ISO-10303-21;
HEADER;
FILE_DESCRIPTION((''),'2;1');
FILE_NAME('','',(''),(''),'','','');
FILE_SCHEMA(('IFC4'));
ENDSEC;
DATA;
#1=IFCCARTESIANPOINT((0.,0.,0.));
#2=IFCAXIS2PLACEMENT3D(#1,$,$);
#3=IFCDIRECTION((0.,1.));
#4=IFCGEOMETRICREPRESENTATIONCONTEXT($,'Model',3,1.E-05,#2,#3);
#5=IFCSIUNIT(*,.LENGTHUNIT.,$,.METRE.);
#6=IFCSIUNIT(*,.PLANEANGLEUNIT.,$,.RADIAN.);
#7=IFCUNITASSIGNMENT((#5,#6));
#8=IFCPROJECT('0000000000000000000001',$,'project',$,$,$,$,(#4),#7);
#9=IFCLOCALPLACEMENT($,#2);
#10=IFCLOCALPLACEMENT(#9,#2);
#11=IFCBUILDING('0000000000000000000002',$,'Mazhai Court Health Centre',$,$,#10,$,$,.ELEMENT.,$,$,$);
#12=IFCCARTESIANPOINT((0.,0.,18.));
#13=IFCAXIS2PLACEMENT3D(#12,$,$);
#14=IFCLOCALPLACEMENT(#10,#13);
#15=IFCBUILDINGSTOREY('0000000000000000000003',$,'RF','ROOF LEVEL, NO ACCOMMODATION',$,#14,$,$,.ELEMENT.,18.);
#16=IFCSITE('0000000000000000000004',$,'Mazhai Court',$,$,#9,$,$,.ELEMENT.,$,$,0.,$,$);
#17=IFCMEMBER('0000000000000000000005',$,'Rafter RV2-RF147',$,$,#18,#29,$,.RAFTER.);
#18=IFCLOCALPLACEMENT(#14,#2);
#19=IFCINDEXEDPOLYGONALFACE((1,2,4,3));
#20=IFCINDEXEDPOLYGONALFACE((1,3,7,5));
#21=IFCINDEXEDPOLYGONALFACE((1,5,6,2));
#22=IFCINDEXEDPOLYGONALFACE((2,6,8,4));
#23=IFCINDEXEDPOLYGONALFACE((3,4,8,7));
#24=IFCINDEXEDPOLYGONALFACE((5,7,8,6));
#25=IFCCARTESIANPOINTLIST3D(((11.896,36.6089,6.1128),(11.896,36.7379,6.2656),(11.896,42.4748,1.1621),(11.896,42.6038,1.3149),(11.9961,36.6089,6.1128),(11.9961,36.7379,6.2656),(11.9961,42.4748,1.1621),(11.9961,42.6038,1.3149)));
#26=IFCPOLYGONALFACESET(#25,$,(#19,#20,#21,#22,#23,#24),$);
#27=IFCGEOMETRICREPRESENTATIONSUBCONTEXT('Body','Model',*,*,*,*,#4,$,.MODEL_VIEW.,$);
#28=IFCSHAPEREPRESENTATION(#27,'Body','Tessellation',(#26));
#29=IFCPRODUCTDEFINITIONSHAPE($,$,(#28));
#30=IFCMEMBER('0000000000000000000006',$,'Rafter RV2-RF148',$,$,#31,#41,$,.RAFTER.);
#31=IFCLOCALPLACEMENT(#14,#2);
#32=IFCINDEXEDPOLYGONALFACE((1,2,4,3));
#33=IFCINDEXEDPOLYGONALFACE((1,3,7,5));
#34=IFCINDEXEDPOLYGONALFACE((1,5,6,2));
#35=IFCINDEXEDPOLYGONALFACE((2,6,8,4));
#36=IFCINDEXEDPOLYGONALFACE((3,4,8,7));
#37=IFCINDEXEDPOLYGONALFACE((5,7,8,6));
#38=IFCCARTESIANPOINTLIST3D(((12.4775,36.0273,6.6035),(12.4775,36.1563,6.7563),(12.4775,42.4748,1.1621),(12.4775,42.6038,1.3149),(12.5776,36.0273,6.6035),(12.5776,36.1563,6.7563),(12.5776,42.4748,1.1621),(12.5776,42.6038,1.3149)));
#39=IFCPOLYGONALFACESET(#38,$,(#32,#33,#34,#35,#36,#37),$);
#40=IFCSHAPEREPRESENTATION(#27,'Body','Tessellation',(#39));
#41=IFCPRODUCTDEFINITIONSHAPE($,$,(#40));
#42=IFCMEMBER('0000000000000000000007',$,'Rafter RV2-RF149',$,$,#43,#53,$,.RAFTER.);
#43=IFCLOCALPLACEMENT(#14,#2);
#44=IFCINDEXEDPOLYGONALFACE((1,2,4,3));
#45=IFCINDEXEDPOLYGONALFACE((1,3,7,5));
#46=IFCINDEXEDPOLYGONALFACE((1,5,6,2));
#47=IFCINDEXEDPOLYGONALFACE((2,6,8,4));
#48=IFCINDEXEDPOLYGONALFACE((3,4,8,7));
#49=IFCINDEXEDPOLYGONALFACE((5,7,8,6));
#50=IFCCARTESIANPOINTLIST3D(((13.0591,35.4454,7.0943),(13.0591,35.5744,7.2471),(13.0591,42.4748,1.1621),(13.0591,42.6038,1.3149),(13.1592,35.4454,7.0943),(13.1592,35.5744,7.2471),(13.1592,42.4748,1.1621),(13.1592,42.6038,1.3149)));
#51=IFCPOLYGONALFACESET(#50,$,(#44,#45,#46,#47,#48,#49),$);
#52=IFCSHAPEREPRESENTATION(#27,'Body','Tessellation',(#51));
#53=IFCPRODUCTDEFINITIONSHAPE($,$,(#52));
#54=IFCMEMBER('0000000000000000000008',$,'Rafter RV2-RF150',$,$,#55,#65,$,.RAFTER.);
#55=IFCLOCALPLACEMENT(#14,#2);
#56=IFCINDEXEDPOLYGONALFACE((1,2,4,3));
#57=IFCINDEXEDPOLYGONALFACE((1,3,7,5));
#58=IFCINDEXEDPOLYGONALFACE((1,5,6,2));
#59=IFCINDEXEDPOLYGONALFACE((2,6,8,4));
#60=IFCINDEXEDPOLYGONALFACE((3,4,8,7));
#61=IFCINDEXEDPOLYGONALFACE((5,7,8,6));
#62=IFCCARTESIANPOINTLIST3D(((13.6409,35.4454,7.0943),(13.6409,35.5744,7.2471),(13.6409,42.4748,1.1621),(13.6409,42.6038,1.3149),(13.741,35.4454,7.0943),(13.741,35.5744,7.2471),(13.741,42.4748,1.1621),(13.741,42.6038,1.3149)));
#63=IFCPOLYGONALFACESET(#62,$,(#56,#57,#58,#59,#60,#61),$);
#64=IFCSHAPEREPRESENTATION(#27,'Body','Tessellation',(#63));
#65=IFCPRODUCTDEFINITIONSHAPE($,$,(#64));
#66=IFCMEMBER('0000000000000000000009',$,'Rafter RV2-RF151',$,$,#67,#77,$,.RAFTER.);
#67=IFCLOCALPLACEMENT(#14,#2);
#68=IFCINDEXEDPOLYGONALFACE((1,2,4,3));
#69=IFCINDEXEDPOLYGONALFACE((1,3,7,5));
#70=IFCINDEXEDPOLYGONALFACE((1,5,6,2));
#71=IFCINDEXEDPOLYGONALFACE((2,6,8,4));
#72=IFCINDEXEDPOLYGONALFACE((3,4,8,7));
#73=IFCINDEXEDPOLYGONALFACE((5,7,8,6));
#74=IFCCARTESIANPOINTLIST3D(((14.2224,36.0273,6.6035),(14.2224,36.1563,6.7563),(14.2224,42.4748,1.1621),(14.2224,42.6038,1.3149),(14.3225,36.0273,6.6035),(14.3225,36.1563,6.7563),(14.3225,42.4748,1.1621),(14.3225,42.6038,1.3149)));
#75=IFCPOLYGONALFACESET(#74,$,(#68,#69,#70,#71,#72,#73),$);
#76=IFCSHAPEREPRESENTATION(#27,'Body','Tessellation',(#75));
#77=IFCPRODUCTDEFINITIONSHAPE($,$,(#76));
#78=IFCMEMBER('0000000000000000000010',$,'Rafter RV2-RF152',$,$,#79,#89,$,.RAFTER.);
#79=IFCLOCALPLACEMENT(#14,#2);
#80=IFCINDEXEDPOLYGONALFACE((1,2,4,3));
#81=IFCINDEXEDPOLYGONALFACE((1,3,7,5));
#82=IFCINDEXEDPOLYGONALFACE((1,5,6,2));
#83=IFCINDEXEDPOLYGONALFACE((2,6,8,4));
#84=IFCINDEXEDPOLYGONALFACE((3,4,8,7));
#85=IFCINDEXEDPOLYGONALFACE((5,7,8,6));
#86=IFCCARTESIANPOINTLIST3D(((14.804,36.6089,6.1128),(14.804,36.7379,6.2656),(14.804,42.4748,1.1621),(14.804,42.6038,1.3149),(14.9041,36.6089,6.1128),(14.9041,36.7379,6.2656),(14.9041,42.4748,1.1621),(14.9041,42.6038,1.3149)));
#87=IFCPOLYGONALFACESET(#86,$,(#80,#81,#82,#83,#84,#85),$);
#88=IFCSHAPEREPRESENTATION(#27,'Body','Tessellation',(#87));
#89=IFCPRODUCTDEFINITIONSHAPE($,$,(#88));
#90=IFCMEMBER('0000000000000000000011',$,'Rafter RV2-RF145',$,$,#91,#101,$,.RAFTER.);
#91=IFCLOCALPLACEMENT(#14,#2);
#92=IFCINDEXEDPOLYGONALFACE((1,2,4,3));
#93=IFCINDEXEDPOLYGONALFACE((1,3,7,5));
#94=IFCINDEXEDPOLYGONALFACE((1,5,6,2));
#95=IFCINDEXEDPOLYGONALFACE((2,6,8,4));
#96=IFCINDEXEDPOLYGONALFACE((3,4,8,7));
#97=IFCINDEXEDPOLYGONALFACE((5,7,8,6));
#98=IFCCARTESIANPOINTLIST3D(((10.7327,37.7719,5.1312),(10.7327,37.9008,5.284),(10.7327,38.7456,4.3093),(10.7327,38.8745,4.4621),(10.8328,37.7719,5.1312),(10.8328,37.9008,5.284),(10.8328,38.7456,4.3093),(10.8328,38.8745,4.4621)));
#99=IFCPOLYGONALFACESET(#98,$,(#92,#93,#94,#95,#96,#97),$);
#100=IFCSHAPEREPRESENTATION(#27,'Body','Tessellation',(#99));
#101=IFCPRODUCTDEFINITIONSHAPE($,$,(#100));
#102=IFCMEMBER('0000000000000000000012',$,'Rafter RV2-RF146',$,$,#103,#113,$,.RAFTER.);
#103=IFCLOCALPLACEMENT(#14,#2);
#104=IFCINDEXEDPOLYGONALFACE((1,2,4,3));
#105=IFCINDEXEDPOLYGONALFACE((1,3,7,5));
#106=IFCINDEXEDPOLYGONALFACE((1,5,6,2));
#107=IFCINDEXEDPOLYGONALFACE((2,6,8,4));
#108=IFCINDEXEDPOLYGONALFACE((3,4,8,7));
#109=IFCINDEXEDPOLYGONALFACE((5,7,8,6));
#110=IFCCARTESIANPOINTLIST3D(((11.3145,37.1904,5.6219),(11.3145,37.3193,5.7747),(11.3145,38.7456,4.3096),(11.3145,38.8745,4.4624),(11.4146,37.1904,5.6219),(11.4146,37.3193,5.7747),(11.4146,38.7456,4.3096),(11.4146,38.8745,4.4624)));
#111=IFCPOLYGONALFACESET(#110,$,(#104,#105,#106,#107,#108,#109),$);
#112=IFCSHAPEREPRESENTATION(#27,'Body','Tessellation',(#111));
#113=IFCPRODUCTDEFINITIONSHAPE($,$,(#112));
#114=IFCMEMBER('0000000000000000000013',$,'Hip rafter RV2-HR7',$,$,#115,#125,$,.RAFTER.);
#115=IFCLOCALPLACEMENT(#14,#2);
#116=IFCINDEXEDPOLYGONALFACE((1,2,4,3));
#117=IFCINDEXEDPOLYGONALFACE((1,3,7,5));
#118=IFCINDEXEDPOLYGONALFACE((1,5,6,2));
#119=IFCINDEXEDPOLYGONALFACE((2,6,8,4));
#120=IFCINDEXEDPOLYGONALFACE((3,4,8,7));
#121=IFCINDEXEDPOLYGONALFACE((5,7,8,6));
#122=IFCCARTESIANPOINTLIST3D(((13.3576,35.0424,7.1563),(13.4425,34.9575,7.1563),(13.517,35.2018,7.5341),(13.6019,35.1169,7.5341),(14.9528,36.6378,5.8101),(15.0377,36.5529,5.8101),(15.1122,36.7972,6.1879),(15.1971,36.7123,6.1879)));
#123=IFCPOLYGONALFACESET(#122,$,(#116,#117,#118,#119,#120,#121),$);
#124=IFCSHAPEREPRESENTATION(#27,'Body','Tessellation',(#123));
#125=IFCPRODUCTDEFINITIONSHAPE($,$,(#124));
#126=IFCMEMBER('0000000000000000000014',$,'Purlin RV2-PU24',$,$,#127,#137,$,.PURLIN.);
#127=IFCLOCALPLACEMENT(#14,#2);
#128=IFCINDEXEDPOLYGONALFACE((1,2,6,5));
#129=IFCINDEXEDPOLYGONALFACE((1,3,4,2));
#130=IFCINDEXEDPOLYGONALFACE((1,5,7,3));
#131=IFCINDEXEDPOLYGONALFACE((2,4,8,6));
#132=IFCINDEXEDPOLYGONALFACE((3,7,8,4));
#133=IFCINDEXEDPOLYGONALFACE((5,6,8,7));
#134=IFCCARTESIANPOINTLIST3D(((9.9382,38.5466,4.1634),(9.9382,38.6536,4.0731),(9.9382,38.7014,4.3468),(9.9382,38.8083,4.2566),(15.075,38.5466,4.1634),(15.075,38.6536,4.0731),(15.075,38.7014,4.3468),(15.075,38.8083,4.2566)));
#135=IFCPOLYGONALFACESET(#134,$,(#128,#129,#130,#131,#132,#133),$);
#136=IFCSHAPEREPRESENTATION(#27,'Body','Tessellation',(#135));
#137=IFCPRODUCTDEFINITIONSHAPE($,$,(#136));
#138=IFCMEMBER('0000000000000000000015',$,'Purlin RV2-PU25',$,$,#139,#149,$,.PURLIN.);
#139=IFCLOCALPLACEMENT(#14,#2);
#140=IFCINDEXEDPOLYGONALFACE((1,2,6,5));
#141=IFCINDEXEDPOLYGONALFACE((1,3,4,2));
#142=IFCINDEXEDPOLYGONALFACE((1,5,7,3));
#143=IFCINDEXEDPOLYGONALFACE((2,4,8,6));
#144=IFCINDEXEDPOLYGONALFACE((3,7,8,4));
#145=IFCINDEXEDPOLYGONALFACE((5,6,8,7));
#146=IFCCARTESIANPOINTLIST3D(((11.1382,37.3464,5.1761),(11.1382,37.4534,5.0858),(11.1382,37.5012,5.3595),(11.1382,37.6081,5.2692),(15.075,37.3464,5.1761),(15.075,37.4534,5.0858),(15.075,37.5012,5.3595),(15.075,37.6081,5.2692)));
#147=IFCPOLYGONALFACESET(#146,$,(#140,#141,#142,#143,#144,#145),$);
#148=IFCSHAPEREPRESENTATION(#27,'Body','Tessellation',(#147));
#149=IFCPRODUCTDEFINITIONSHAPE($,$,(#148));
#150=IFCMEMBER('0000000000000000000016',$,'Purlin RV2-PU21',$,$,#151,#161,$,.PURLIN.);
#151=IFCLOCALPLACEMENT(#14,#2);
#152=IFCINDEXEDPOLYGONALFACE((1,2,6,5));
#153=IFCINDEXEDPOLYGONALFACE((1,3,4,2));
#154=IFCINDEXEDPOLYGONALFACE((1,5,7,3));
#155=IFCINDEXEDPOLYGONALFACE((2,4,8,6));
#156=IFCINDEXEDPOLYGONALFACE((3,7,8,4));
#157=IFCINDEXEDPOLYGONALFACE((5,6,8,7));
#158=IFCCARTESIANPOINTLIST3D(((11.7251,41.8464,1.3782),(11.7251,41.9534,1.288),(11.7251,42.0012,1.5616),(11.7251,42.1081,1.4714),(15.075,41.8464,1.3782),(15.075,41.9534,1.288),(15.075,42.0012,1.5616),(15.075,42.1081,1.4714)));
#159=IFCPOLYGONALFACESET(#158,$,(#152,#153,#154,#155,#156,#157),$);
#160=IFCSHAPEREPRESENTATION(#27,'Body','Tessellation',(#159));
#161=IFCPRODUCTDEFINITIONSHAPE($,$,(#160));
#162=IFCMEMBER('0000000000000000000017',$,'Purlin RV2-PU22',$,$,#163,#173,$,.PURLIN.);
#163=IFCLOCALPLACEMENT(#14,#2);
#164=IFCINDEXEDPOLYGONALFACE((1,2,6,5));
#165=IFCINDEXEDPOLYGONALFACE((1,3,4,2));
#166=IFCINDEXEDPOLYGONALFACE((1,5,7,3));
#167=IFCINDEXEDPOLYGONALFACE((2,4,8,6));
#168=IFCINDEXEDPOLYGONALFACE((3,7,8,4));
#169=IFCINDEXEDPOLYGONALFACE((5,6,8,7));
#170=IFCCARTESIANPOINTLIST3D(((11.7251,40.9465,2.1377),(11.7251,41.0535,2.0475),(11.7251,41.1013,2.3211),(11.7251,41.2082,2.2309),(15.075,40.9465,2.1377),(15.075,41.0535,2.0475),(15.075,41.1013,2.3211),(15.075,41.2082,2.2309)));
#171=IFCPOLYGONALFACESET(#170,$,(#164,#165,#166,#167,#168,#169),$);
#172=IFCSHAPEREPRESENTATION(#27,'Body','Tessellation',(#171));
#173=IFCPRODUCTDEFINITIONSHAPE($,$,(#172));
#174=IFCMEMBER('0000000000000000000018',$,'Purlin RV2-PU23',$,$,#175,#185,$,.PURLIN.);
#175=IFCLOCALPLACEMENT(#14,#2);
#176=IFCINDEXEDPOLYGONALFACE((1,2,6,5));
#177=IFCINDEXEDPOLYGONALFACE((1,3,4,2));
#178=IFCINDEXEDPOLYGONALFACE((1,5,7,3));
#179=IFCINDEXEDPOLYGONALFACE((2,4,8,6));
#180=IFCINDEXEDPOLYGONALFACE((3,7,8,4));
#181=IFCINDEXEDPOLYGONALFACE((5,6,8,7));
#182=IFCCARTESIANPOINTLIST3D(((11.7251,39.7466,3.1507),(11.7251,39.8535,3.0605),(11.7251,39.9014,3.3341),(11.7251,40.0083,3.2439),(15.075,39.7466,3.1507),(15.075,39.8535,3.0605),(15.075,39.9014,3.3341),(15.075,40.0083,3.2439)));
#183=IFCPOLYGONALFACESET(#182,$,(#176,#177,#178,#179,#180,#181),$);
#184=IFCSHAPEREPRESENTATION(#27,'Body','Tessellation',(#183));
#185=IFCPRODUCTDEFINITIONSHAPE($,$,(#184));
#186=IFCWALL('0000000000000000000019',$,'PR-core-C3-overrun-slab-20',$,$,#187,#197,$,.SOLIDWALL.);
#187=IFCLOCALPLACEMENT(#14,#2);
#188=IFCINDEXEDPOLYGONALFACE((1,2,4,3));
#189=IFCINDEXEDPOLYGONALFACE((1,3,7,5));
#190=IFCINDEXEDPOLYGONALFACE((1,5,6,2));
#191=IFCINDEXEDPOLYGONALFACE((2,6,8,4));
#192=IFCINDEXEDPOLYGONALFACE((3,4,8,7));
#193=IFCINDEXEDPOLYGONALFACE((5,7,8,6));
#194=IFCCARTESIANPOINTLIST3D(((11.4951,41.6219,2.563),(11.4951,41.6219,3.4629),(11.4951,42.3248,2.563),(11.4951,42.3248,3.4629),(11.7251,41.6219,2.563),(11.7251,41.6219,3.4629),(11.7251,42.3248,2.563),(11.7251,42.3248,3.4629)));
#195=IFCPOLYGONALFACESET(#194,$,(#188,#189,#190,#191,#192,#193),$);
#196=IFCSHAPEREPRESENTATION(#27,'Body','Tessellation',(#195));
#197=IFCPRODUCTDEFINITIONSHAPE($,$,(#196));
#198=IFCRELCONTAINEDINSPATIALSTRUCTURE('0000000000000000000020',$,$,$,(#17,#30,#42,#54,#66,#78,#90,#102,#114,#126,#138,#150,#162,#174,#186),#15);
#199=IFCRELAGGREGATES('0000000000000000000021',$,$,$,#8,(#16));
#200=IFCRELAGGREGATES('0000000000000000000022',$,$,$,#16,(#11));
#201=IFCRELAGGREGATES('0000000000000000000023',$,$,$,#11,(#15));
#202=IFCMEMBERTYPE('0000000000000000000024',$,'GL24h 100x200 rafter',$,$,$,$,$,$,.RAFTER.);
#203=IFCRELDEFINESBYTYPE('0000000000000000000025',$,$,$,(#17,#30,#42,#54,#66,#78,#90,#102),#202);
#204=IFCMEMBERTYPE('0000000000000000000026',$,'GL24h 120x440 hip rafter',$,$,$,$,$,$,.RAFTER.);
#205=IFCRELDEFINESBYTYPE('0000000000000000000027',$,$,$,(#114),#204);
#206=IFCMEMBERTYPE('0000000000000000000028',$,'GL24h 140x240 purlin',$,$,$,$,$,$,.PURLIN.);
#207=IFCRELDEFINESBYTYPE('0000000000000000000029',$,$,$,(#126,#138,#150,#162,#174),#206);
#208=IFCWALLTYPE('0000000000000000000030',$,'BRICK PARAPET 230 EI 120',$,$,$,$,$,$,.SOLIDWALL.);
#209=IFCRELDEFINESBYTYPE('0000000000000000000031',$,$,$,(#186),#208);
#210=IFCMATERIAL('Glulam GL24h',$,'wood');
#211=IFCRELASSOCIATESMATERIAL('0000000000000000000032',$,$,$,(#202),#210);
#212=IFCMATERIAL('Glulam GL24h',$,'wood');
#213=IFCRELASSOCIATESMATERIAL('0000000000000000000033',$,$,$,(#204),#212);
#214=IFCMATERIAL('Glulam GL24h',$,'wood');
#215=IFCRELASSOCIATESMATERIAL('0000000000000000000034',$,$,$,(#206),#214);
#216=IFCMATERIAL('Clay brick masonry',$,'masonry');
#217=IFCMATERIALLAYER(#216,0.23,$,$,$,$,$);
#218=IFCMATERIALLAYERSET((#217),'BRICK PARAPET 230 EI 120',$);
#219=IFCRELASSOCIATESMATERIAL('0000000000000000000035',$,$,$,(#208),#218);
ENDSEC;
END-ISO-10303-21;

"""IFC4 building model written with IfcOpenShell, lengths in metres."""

from ifc_helpers import new_model, si_unit, direction, frame, frame_2d, origin, origin_2d, place, context, subcontext, project, spatial, rectangle, extrude, material, layer, layer_set, material_profile, profile_set, type_object, element, save


model = new_model("IFC4")

# Units and contexts
model_context = context("Model", 3, precision=1e-05, world=origin(), true_north=direction((0.0, 1.0)))
body_context = subcontext(model_context, "Body", "Model", "MODEL_VIEW")
ifc_project = project(units=[si_unit("LENGTHUNIT", "METRE"), si_unit("PLANEANGLEUNIT", "RADIAN")], contexts=[model_context])

# Site, building, storey
site_placement = place(None, origin())
site = spatial("IfcSite", under=ifc_project, at=site_placement, Name="Mazhai Court", CompositionType="ELEMENT", RefElevation=0.0)
building_placement = place(site_placement, origin())
building = spatial("IfcBuilding", under=site, at=building_placement, Name="Mazhai Court Health Centre", CompositionType="ELEMENT")
storey_placement = place(building_placement, frame((0.0, 0.0, 18.0)))
storey = spatial("IfcBuildingStorey", under=building, at=storey_placement, Name="RF", Description="ROOF LEVEL, NO ACCOMMODATION", CompositionType="ELEMENT", Elevation=18.0)

# Members
ifc_material_1 = material(Name="Glulam GL24h", Category="wood")
ifc_material_profile_1 = material_profile(ifc_material_1, rectangle(XDim=0.1001, YDim=0.2, at=origin_2d()), Name="GL24h 100x200")
ifc_profile_set_1 = profile_set([ifc_material_profile_1], Name="Glulam GL24h")
member_type_1 = type_object("IfcMemberType", Name="GL24h 100x200 rafter", PredefinedType="RAFTER", material=ifc_profile_set_1)
member_1_placement = place(storey_placement, frame((11.946, 42.5393, 1.2385), z_axis=(0.0, -0.76421, 0.644968), x_axis=(1.0, 0.0, 0.0)))
element("IfcMember", 1, at=member_1_placement, inside=storey, type_object=member_type_1, Name="Rafter RV2-RF147", PredefinedType="RAFTER", context=body_context, shape_type="SweptSolid", body=[
    extrude(rectangle(XDim=0.1001, YDim=0.2, at=origin_2d()), origin(), (0.0, 0.0, 1.0), 7.6758),
])
member_2_placement = place(storey_placement, frame((12.5276, 42.5393, 1.2385), z_axis=(0.0, -0.764214, 0.644962), x_axis=(1.0, 0.0, 0.0)))
element("IfcMember", 2, at=member_2_placement, inside=storey, type_object=member_type_1, Name="Rafter RV2-RF148", PredefinedType="RAFTER", context=body_context, shape_type="SweptSolid", body=[
    extrude(rectangle(XDim=0.1001, YDim=0.2, at=origin_2d()), origin(), (0.0, 0.0, 1.0), 8.4368),
])
for number, where, z_axis, x_axis, name in (
    (3, (13.1091, 42.5393, 1.2385), (0.0, -0.764229, 0.644945), (1.0, 0.0, 0.0), "Rafter RV2-RF149"),
    (4, (13.6909, 42.5393, 1.2385), (0.0, -0.764229, 0.644945), (1.0, 0.0, 0.0), "Rafter RV2-RF150"),
):
    element("IfcMember", number, at=place(storey_placement, frame(where, z_axis=z_axis, x_axis=x_axis)), inside=storey, type_object=member_type_1, Name=name, PredefinedType="RAFTER", context=body_context, shape_type="SweptSolid", body=[
        extrude(rectangle(XDim=0.1001, YDim=0.2, at=origin_2d()), origin(), (0.0, 0.0, 1.0), 9.198),
    ])
member_3_placement = place(storey_placement, frame((14.2725, 42.5393, 1.2385), z_axis=(0.0, -0.764214, 0.644962), x_axis=(1.0, 0.0, 0.0)))
element("IfcMember", 5, at=member_3_placement, inside=storey, type_object=member_type_1, Name="Rafter RV2-RF151", PredefinedType="RAFTER", context=body_context, shape_type="SweptSolid", body=[
    extrude(rectangle(XDim=0.1001, YDim=0.2, at=origin_2d()), origin(), (0.0, 0.0, 1.0), 8.4368),
])
member_4_placement = place(storey_placement, frame((14.854, 42.5393, 1.2385), z_axis=(0.0, -0.76421, 0.644968), x_axis=(1.0, 0.0, 0.0)))
element("IfcMember", 6, at=member_4_placement, inside=storey, type_object=member_type_1, Name="Rafter RV2-RF152", PredefinedType="RAFTER", context=body_context, shape_type="SweptSolid", body=[
    extrude(rectangle(XDim=0.1001, YDim=0.2, at=origin_2d()), origin(), (0.0, 0.0, 1.0), 7.6758),
])
member_5_placement = place(storey_placement, frame((10.7827, 38.8101, 4.3857), z_axis=(0.0, -0.764185, 0.644997), x_axis=(1.0, 0.0, 0.0)))
element("IfcMember", 7, at=member_5_placement, inside=storey, type_object=member_type_1, Name="Rafter RV2-RF145", PredefinedType="RAFTER", context=body_context, shape_type="SweptSolid", body=[
    extrude(rectangle(XDim=0.1001, YDim=0.2, at=origin_2d()), origin(), (0.0, 0.0, 1.0), 1.2742),
])
member_6_placement = place(storey_placement, frame((11.3645, 38.8101, 4.386), z_axis=(0.0, -0.764273, 0.644893), x_axis=(1.0, 0.0, 0.0)))
element("IfcMember", 8, at=member_6_placement, inside=storey, type_object=member_type_1, Name="Rafter RV2-RF146", PredefinedType="RAFTER", context=body_context, shape_type="SweptSolid", body=[
    extrude(rectangle(XDim=0.1001, YDim=0.2, at=origin_2d()), origin(), (0.0, 0.0, 1.0), 2.0349),
])
ifc_material_2 = material(Name="Glulam GL24h", Category="wood")
ifc_material_profile_2 = material_profile(ifc_material_2, rectangle(XDim=0.1201, YDim=0.4399, at=origin_2d()), Name="GL24h 120x440")
ifc_profile_set_2 = profile_set([ifc_material_profile_2], Name="Glulam GL24h")
member_type_2 = type_object("IfcMemberType", Name="GL24h 120x440 hip rafter", PredefinedType="RAFTER", material=ifc_profile_set_2)
member_7_placement = place(storey_placement, frame((15.075, 36.675, 5.999), z_axis=(-0.607181, -0.607274, 0.512396), x_axis=(0.707161, -0.707053, 0.0)))
element("IfcMember", 9, at=member_7_placement, inside=storey, type_object=member_type_2, Name="Hip rafter RV2-HR7", PredefinedType="RAFTER", context=body_context, shape_type="SweptSolid", body=[
    extrude(rectangle(XDim=0.1201, YDim=0.4399, at=origin_2d()), origin(), (0.0, 0.0, 1.0), 2.6272),
])
ifc_material_3 = material(Name="Glulam GL24h", Category="wood")
ifc_material_profile_3 = material_profile(ifc_material_3, rectangle(XDim=0.1399, YDim=0.24, at=origin_2d()), Name="GL24h 140x240")
ifc_profile_set_3 = profile_set([ifc_material_profile_3], Name="Glulam GL24h")
member_type_3 = type_object("IfcMemberType", Name="GL24h 140x240 purlin", PredefinedType="PURLIN", material=ifc_profile_set_3)
member_8_placement = place(storey_placement, frame((9.9382, 38.6775, 4.21), z_axis=(1.0, 0.0, 0.0), x_axis=(0.0, 0.76422, -0.644955)))
element("IfcMember", 10, at=member_8_placement, inside=storey, type_object=member_type_3, Name="Purlin RV2-PU24", PredefinedType="PURLIN", context=body_context, shape_type="SweptSolid", body=[
    extrude(rectangle(XDim=0.1399, YDim=0.24, at=origin_2d()), origin(), (0.0, 0.0, 1.0), 5.1367),
])
member_9_placement = place(storey_placement, frame((11.1382, 37.4773, 5.2227), z_axis=(1.0, 0.0, 0.0), x_axis=(0.0, 0.76422, -0.644955)))
element("IfcMember", 11, at=member_9_placement, inside=storey, type_object=member_type_3, Name="Purlin RV2-PU25", PredefinedType="PURLIN", context=body_context, shape_type="SweptSolid", body=[
    extrude(rectangle(XDim=0.1399, YDim=0.24, at=origin_2d()), origin(), (0.0, 0.0, 1.0), 3.9368),
])
for number, where, z_axis, x_axis, name in (
    (12, (11.7251, 41.9773, 1.4248), (1.0, 0.0, 0.0), (0.0, 0.76422, -0.644955), "Purlin RV2-PU21"),
    (13, (11.7251, 41.0774, 2.1843), (1.0, 0.0, 0.0), (0.0, 0.76422, -0.644955), "Purlin RV2-PU22"),
    (14, (11.7251, 39.8774, 3.1973), (1.0, 0.0, 0.0), (0.0, 0.76422, -0.644955), "Purlin RV2-PU23"),
):
    element("IfcMember", number, at=place(storey_placement, frame(where, z_axis=z_axis, x_axis=x_axis)), inside=storey, type_object=member_type_3, Name=name, PredefinedType="PURLIN", context=body_context, shape_type="SweptSolid", body=[
        extrude(rectangle(XDim=0.1399, YDim=0.24, at=origin_2d()), origin(), (0.0, 0.0, 1.0), 3.3499),
    ])

# Wall
ifc_material_4 = material(Name="Clay brick masonry", Category="masonry")
ifc_layer_1 = layer(ifc_material_4, 0.23)
ifc_layer_set_1 = layer_set([ifc_layer_1], Name="BRICK PARAPET 230 EI 120")
wall_type_1 = type_object("IfcWallType", Name="BRICK PARAPET 230 EI 120", PredefinedType="SOLIDWALL", material=ifc_layer_set_1)
wall_1_placement = place(storey_placement, frame((11.6101, 42.325, 2.563), z_axis=(0.0, 0.0, 1.0), x_axis=(0.0, -1.0, 0.0)))
element("IfcWall", 15, at=wall_1_placement, inside=storey, type_object=wall_type_1, Name="PR-core-C3-overrun-slab-20", PredefinedType="SOLIDWALL", context=body_context, shape_type="SweptSolid", body=[
    extrude(rectangle(XDim=0.7029, YDim=0.23, at=frame_2d((0.3516, 0.0))), origin(), (0.0, 0.0, 1.0), 0.8999),
])

save(model, "model.ifc")
